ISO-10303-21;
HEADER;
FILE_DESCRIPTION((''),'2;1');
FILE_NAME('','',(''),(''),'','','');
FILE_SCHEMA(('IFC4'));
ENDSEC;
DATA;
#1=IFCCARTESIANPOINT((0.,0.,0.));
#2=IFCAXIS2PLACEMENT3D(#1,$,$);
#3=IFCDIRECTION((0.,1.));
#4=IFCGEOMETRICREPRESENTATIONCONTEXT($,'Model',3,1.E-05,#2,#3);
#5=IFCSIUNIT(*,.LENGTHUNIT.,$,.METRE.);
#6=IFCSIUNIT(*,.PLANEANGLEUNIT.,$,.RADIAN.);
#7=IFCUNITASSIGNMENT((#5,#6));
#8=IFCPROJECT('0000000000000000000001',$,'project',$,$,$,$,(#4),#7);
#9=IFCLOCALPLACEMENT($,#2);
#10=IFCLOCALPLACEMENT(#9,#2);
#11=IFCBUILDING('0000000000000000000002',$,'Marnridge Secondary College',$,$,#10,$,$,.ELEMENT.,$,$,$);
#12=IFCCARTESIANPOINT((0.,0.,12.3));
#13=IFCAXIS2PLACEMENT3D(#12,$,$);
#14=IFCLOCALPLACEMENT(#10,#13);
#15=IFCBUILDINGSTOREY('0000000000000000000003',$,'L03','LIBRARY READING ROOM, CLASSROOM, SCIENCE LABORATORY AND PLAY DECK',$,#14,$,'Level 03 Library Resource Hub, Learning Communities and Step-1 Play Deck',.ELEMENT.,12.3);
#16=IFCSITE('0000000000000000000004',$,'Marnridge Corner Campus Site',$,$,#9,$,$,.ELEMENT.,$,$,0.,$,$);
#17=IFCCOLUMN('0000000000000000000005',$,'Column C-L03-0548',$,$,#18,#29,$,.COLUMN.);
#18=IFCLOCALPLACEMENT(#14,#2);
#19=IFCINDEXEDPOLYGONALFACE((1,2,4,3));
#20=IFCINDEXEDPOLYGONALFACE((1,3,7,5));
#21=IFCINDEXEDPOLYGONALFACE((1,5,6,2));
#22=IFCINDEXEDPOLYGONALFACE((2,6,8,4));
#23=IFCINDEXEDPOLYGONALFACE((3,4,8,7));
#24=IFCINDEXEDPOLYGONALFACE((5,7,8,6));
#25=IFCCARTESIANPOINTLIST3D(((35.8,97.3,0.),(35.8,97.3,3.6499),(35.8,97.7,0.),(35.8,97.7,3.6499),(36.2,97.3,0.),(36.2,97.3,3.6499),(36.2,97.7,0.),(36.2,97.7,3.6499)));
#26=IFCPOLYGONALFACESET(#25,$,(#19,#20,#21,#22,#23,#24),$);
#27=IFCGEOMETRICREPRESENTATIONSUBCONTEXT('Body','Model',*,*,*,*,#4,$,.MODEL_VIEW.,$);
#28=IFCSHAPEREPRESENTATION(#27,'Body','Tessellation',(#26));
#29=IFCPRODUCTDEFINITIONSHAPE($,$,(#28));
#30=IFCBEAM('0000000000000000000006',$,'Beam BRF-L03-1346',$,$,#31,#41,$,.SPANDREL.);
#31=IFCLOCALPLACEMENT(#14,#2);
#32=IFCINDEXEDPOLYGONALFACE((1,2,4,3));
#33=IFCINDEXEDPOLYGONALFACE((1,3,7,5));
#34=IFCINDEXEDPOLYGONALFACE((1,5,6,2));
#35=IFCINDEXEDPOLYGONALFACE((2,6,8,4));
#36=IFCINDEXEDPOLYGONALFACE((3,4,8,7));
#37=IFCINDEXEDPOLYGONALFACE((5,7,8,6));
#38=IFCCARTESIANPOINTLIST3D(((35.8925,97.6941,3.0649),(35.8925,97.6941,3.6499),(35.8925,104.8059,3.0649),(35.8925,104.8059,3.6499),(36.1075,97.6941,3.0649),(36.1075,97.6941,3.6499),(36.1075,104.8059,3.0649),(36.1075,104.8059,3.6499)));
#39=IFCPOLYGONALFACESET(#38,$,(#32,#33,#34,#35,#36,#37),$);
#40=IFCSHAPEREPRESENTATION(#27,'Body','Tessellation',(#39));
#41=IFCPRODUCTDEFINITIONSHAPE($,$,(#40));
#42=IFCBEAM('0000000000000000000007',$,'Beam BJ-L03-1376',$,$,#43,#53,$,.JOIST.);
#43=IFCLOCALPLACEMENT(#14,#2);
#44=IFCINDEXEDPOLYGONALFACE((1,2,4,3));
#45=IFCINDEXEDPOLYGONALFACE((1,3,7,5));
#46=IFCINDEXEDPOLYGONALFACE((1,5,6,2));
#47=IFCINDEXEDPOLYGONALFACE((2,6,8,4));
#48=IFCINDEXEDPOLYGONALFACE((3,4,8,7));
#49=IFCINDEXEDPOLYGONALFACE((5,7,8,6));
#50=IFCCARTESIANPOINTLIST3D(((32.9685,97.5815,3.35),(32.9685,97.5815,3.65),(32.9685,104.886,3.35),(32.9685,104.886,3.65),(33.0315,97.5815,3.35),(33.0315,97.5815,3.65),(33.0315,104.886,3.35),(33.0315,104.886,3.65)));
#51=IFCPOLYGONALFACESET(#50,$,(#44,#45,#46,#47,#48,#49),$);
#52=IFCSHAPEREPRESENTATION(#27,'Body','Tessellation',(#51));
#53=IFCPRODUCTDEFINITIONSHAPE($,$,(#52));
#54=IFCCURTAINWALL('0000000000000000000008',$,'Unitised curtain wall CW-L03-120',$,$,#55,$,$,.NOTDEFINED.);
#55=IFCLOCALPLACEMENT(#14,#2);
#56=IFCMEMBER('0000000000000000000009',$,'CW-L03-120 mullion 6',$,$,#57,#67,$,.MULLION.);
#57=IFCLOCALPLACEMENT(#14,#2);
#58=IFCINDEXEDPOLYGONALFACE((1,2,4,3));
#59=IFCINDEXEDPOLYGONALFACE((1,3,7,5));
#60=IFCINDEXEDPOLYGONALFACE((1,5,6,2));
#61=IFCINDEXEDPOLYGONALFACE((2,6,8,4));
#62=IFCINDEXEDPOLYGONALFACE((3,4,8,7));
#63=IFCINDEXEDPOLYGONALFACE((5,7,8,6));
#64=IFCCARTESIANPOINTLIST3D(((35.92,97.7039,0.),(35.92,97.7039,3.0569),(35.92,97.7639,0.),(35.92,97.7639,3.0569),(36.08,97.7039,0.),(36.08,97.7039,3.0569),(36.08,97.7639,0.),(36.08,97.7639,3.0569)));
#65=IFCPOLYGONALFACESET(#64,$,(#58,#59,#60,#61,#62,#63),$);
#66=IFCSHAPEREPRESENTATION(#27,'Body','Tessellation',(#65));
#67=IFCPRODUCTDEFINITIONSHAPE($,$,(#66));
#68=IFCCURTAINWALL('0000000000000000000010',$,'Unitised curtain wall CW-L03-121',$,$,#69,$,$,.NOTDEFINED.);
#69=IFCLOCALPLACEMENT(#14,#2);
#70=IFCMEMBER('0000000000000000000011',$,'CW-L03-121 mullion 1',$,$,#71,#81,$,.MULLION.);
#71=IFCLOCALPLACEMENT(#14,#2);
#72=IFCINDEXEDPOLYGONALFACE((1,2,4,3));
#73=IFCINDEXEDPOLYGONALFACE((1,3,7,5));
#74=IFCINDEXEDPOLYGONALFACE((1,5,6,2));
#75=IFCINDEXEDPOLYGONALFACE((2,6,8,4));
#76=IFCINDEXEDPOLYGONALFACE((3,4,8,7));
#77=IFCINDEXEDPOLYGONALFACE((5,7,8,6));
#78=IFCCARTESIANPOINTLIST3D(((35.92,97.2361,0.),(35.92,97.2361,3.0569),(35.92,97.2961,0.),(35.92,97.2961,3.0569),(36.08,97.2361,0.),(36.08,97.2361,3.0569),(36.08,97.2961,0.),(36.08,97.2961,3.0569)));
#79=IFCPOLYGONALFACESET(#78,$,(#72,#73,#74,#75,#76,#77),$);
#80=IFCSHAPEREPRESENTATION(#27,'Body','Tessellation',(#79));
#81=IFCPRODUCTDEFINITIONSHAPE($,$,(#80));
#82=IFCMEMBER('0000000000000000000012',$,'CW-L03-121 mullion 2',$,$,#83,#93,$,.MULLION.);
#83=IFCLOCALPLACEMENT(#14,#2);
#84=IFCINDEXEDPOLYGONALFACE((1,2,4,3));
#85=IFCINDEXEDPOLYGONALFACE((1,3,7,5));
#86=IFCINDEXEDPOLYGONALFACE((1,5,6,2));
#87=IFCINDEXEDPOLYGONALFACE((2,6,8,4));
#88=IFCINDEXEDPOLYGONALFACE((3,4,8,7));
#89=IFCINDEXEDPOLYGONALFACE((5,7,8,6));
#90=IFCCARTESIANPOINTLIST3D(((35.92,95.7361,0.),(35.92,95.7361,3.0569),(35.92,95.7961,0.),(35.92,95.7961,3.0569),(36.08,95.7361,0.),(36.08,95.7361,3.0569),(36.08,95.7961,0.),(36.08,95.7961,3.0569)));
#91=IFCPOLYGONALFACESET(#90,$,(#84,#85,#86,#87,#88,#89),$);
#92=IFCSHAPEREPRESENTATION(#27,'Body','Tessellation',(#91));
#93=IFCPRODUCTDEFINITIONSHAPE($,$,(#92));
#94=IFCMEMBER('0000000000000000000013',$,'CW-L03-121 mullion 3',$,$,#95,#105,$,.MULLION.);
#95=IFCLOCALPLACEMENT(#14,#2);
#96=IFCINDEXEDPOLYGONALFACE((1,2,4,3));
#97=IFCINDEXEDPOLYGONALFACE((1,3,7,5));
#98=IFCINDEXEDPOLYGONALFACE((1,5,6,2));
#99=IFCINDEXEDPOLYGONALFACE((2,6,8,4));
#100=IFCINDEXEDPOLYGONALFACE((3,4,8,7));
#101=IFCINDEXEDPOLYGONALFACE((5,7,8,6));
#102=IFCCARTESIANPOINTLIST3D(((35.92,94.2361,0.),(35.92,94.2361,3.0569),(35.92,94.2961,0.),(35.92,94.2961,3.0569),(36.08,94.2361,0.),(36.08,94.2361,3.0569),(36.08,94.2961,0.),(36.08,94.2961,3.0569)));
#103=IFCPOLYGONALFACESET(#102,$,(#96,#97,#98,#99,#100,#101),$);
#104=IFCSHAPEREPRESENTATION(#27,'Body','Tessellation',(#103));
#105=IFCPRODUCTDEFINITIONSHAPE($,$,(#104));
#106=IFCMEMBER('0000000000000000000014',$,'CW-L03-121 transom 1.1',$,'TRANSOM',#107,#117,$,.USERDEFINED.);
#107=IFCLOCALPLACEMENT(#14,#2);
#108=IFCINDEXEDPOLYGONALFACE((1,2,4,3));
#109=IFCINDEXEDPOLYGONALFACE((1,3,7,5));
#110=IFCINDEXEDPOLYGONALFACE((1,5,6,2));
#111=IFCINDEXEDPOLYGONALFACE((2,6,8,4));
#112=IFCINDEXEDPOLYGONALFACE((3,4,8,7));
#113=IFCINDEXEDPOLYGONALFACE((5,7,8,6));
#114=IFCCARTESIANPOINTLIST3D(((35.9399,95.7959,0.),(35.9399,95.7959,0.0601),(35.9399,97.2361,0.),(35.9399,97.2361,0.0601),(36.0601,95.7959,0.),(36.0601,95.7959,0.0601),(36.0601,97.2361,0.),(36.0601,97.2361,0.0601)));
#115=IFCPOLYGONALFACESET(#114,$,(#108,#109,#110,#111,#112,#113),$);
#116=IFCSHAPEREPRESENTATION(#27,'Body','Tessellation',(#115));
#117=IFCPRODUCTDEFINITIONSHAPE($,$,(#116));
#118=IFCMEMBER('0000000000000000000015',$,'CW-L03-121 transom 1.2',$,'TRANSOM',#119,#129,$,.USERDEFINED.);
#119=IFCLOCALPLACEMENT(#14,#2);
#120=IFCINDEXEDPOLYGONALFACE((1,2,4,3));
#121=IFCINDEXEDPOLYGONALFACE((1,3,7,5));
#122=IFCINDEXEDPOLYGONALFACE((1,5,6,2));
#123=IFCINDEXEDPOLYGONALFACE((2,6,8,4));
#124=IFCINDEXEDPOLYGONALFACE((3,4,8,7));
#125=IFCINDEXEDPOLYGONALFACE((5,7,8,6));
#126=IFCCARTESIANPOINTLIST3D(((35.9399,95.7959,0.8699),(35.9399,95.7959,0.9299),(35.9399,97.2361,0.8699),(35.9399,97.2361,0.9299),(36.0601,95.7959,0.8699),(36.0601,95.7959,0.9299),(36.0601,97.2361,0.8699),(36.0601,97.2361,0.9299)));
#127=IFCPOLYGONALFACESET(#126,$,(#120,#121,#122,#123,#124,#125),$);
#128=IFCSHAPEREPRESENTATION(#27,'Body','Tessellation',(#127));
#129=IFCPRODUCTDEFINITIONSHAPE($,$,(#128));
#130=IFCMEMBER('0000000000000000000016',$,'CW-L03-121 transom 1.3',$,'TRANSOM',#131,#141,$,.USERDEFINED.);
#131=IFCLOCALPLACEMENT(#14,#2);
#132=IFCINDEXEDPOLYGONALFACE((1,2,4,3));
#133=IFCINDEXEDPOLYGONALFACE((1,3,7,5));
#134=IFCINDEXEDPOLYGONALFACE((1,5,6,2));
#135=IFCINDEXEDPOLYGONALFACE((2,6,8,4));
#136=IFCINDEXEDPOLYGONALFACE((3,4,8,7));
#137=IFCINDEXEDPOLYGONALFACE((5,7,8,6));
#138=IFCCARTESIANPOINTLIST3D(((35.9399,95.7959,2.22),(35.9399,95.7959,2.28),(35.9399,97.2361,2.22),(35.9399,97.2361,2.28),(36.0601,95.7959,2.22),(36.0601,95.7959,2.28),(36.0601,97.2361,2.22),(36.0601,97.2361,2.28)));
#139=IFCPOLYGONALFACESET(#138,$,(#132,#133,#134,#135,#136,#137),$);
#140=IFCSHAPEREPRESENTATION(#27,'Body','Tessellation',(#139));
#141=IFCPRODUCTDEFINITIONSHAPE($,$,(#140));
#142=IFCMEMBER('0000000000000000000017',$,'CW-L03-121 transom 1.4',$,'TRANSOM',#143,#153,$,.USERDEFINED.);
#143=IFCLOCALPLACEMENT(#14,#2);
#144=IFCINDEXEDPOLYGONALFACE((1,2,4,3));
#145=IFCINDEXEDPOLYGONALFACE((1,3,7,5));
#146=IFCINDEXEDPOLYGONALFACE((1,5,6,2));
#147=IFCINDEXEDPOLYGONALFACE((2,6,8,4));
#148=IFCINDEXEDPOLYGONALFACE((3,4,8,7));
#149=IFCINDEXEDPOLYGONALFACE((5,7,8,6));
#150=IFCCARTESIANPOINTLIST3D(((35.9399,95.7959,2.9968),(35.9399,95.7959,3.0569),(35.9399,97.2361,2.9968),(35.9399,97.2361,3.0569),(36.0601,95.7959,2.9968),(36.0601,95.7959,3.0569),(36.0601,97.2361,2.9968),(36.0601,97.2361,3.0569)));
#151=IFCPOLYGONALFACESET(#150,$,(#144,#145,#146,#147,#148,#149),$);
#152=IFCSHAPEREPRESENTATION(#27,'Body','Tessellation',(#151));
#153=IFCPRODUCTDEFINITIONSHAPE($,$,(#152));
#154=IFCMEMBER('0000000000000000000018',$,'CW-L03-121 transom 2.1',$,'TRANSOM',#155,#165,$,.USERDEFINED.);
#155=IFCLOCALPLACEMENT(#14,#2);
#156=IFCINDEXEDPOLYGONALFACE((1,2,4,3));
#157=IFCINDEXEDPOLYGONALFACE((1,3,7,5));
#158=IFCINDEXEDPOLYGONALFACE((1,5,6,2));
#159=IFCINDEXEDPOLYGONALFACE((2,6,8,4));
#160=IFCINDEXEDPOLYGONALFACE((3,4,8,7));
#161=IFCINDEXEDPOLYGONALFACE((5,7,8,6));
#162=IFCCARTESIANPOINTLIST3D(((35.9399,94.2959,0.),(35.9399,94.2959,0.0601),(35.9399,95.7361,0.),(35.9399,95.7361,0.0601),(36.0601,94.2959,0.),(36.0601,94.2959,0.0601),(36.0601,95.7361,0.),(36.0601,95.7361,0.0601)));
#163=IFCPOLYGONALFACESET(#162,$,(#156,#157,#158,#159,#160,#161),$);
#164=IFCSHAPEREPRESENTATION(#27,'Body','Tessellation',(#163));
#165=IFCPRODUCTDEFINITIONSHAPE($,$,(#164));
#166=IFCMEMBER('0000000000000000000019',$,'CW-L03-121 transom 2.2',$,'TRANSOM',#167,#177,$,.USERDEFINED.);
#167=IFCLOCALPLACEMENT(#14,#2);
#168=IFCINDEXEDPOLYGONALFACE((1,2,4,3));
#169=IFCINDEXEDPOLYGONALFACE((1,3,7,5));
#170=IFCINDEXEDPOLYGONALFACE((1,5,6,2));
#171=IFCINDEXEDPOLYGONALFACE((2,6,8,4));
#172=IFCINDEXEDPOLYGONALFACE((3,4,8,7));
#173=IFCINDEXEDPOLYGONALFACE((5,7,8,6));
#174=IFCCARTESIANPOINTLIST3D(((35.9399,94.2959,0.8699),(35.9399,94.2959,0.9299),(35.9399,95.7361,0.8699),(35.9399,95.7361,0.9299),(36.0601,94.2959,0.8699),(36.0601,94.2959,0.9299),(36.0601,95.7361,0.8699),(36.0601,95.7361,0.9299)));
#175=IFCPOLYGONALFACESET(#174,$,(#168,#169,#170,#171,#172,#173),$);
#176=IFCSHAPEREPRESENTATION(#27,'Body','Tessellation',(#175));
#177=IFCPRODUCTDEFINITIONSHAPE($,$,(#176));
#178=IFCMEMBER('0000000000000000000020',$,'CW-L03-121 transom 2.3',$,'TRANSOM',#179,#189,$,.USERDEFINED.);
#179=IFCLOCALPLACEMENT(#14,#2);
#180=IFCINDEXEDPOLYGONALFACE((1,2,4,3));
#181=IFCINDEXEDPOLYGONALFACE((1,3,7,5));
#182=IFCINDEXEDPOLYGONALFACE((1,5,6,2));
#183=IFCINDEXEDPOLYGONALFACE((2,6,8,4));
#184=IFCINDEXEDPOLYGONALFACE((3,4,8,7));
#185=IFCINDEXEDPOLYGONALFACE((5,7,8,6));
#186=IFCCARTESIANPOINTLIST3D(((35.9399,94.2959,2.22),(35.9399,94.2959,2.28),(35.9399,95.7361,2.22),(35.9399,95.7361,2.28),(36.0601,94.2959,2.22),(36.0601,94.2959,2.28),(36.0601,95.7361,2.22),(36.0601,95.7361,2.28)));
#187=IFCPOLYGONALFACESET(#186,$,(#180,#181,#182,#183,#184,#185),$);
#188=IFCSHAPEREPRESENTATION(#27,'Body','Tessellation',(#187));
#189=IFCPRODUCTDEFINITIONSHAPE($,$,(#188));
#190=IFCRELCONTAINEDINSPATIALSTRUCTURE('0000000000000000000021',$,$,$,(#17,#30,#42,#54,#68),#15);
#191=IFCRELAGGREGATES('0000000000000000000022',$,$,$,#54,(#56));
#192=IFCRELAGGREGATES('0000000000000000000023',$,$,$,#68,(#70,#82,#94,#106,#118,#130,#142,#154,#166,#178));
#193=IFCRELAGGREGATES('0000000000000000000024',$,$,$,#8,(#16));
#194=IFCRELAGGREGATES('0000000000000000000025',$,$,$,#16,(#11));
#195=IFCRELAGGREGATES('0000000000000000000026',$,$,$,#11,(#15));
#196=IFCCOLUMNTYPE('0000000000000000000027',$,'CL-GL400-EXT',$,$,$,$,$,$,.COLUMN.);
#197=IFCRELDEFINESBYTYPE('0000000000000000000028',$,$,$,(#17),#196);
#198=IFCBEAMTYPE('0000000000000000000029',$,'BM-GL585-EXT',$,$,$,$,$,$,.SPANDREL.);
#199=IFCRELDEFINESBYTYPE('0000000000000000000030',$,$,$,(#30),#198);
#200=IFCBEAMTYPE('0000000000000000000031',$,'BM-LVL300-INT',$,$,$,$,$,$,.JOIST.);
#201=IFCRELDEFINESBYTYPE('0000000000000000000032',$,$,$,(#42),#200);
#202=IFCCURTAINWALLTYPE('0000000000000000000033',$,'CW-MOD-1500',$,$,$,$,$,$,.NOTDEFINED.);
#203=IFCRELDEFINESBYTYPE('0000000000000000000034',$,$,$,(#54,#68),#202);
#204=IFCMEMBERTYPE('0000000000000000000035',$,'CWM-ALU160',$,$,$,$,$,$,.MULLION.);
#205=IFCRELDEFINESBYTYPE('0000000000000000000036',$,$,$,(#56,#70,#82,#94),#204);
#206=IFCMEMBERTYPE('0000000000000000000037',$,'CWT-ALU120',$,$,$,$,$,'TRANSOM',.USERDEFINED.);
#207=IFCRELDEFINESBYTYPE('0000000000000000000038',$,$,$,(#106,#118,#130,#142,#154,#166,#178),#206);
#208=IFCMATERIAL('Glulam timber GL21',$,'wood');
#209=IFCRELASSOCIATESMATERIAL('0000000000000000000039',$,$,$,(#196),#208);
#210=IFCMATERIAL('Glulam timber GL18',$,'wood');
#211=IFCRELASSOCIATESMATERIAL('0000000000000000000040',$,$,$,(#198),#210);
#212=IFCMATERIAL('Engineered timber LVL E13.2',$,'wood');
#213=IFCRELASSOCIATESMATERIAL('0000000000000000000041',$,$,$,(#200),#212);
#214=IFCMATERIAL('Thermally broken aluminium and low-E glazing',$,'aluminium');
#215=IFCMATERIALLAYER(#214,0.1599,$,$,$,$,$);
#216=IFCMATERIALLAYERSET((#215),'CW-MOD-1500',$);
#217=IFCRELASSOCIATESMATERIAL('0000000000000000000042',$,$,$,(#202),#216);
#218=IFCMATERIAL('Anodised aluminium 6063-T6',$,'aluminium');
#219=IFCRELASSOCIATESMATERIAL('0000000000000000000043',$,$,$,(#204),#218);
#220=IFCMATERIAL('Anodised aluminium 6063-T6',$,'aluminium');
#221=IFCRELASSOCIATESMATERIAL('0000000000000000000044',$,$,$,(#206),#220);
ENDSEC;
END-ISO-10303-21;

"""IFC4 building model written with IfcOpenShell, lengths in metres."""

from ifc_helpers import new_model, si_unit, direction, frame, origin, origin_2d, place, context, subcontext, project, spatial, rectangle, extrude, material, layer, layer_set, material_profile, profile_set, type_object, element, aggregate, save


model = new_model("IFC4")

# Units and contexts
model_context = context("Model", 3, precision=1e-05, world=origin(), true_north=direction((0.0, 1.0)))
body_context = subcontext(model_context, "Body", "Model", "MODEL_VIEW")
ifc_project = project(units=[si_unit("LENGTHUNIT", "METRE"), si_unit("PLANEANGLEUNIT", "RADIAN")], contexts=[model_context])

# Site, building, storey
site_placement = place(None, origin())
site = spatial("IfcSite", under=ifc_project, at=site_placement, Name="Marnridge Corner Campus Site", CompositionType="ELEMENT", RefElevation=0.0)
building_placement = place(site_placement, origin())
building = spatial("IfcBuilding", under=site, at=building_placement, Name="Marnridge Secondary College", CompositionType="ELEMENT")
storey_placement = place(building_placement, frame((0.0, 0.0, 12.3)))
storey = spatial("IfcBuildingStorey", under=building, at=storey_placement, Name="L03", Description="LIBRARY READING ROOM, CLASSROOM, SCIENCE LABORATORY AND PLAY DECK", LongName="Level 03 Library Resource Hub, Learning Communities and Step-1 Play Deck", CompositionType="ELEMENT", Elevation=12.3)

# Column
ifc_material_1 = material(Name="Glulam timber GL21", Category="wood")
ifc_material_profile_1 = material_profile(ifc_material_1, rectangle(XDim=0.3999, YDim=0.3999, at=origin_2d()), Name="GL21 400x400")
ifc_profile_set_1 = profile_set([ifc_material_profile_1], Name="Glulam timber GL21")
column_type = type_object("IfcColumnType", Name="CL-GL400-EXT", PredefinedType="COLUMN", material=ifc_profile_set_1)
column_placement = place(storey_placement, frame((36.0, 97.5, 0.0), z_axis=(0.0, 0.0, 1.0), x_axis=(1.0, 0.0, 0.0)))
element("IfcColumn", 1, at=column_placement, inside=storey, type_object=column_type, Name="Column C-L03-0548", PredefinedType="COLUMN", context=body_context, shape_type="SweptSolid", body=[
    extrude(rectangle(XDim=0.3999, YDim=0.3999, at=origin_2d()), origin(), (0.0, 0.0, 1.0), 3.6499),
])

# Beams
ifc_material_2 = material(Name="Glulam timber GL18", Category="wood")
ifc_material_profile_2 = material_profile(ifc_material_2, rectangle(XDim=0.2151, YDim=0.585, at=origin_2d()), Name="GL18 215x585")
ifc_profile_set_2 = profile_set([ifc_material_profile_2], Name="Glulam timber GL18")
beam_type_1 = type_object("IfcBeamType", Name="BM-GL585-EXT", PredefinedType="SPANDREL", material=ifc_profile_set_2)
beam_1_placement = place(storey_placement, frame((36.0, 97.6941, 3.3574), z_axis=(0.0, 1.0, 0.0), x_axis=(-1.0, 0.0, 0.0)))
element("IfcBeam", 2, at=beam_1_placement, inside=storey, type_object=beam_type_1, Name="Beam BRF-L03-1346", PredefinedType="SPANDREL", context=body_context, shape_type="SweptSolid", body=[
    extrude(rectangle(XDim=0.2151, YDim=0.585, at=origin_2d()), origin(), (0.0, 0.0, 1.0), 7.1118),
])
ifc_material_3 = material(Name="Engineered timber LVL E13.2", Category="wood")
ifc_material_profile_3 = material_profile(ifc_material_3, rectangle(XDim=0.063, YDim=0.3, at=origin_2d()), Name="LVL 63x300")
ifc_profile_set_3 = profile_set([ifc_material_profile_3], Name="Engineered timber LVL E13.2")
beam_type_2 = type_object("IfcBeamType", Name="BM-LVL300-INT", PredefinedType="JOIST", material=ifc_profile_set_3)
beam_2_placement = place(storey_placement, frame((33.0, 97.5815, 3.5), z_axis=(0.0, 1.0, 0.0), x_axis=(-1.0, 0.0, 0.0)))
element("IfcBeam", 3, at=beam_2_placement, inside=storey, type_object=beam_type_2, Name="Beam BJ-L03-1376", PredefinedType="JOIST", context=body_context, shape_type="SweptSolid", body=[
    extrude(rectangle(XDim=0.063, YDim=0.3, at=origin_2d()), origin(), (0.0, 0.0, 1.0), 7.3044),
])

# Curtain wall, member
ifc_material_4 = material(Name="Thermally broken aluminium and low-E glazing", Category="aluminium")
ifc_layer_1 = layer(ifc_material_4, 0.1599)
ifc_layer_set_1 = layer_set([ifc_layer_1], Name="CW-MOD-1500")
curtain_wall_type = type_object("IfcCurtainWallType", Name="CW-MOD-1500", PredefinedType="NOTDEFINED", material=ifc_layer_set_1)
curtain_wall_1_placement = place(storey_placement, origin())
curtain_wall_1 = element("IfcCurtainWall", 4, at=curtain_wall_1_placement, inside=storey, type_object=curtain_wall_type, Name="Unitised curtain wall CW-L03-120", PredefinedType="NOTDEFINED")
ifc_material_5 = material(Name="Anodised aluminium 6063-T6", Category="aluminium")
ifc_material_profile_4 = material_profile(ifc_material_5, rectangle(XDim=0.0601, YDim=0.1599, at=origin_2d()), Name="ALU 60x160")
ifc_profile_set_4 = profile_set([ifc_material_profile_4], Name="Anodised aluminium 6063-T6")
member_type_1 = type_object("IfcMemberType", Name="CWM-ALU160", PredefinedType="MULLION", material=ifc_profile_set_4)
member_1_placement = place(storey_placement, frame((36.0, 97.7339, 0.0), z_axis=(0.0, 0.0, 1.0), x_axis=(0.0, -1.0, 0.0)))
member_1 = element("IfcMember", 5, at=member_1_placement, type_object=member_type_1, Name="CW-L03-120 mullion 6", PredefinedType="MULLION", context=body_context, shape_type="SweptSolid", body=[
    extrude(rectangle(XDim=0.0601, YDim=0.1599, at=origin_2d()), origin(), (0.0, 0.0, 1.0), 3.0569),
])

# Curtain wall, members
curtain_wall_2_placement = place(storey_placement, origin())
curtain_wall_2 = element("IfcCurtainWall", 6, at=curtain_wall_2_placement, inside=storey, type_object=curtain_wall_type, Name="Unitised curtain wall CW-L03-121", PredefinedType="NOTDEFINED")
member_2_placement = place(storey_placement, frame((36.0, 97.2661, 0.0), z_axis=(0.0, 0.0, 1.0), x_axis=(0.0, -1.0, 0.0)))
member_2 = element("IfcMember", 7, at=member_2_placement, type_object=member_type_1, Name="CW-L03-121 mullion 1", PredefinedType="MULLION", context=body_context, shape_type="SweptSolid", body=[
    extrude(rectangle(XDim=0.0601, YDim=0.1599, at=origin_2d()), origin(), (0.0, 0.0, 1.0), 3.0569),
])
member_3_placement = place(storey_placement, frame((36.0, 95.7661, 0.0), z_axis=(0.0, 0.0, 1.0), x_axis=(0.0, -1.0, 0.0)))
member_3 = element("IfcMember", 8, at=member_3_placement, type_object=member_type_1, Name="CW-L03-121 mullion 2", PredefinedType="MULLION", context=body_context, shape_type="SweptSolid", body=[
    extrude(rectangle(XDim=0.0601, YDim=0.1599, at=origin_2d()), origin(), (0.0, 0.0, 1.0), 3.0569),
])
member_4_placement = place(storey_placement, frame((36.0, 94.2661, 0.0), z_axis=(0.0, 0.0, 1.0), x_axis=(0.0, -1.0, 0.0)))
member_4 = element("IfcMember", 9, at=member_4_placement, type_object=member_type_1, Name="CW-L03-121 mullion 3", PredefinedType="MULLION", context=body_context, shape_type="SweptSolid", body=[
    extrude(rectangle(XDim=0.0601, YDim=0.1599, at=origin_2d()), origin(), (0.0, 0.0, 1.0), 3.0569),
])
ifc_material_6 = material(Name="Anodised aluminium 6063-T6", Category="aluminium")
ifc_material_profile_5 = material_profile(ifc_material_6, rectangle(XDim=0.0601, YDim=0.1201, at=origin_2d()), Name="ALU 60x120")
ifc_profile_set_5 = profile_set([ifc_material_profile_5], Name="Anodised aluminium 6063-T6")
member_type_2 = type_object("IfcMemberType", Name="CWT-ALU120", ElementType="TRANSOM", PredefinedType="USERDEFINED", material=ifc_profile_set_5)
member_5_placement = place(storey_placement, frame((36.0, 97.2361, 0.03), z_axis=(0.0, -1.0, 0.0), x_axis=(0.0, 0.0, 1.0)))
member_5 = element("IfcMember", 10, at=member_5_placement, type_object=member_type_2, Name="CW-L03-121 transom 1.1", ObjectType="TRANSOM", PredefinedType="USERDEFINED", context=body_context, shape_type="SweptSolid", body=[
    extrude(rectangle(XDim=0.0601, YDim=0.1201, at=origin_2d()), origin(), (0.0, 0.0, 1.0), 1.4402),
])
member_6_placement = place(storey_placement, frame((36.0, 97.2361, 0.8999), z_axis=(0.0, -1.0, 0.0), x_axis=(0.0, 0.0, 1.0)))
member_6 = element("IfcMember", 11, at=member_6_placement, type_object=member_type_2, Name="CW-L03-121 transom 1.2", ObjectType="TRANSOM", PredefinedType="USERDEFINED", context=body_context, shape_type="SweptSolid", body=[
    extrude(rectangle(XDim=0.0601, YDim=0.1201, at=origin_2d()), origin(), (0.0, 0.0, 1.0), 1.4402),
])
member_7_placement = place(storey_placement, frame((36.0, 97.2361, 2.25), z_axis=(0.0, -1.0, 0.0), x_axis=(0.0, 0.0, 1.0)))
member_7 = element("IfcMember", 12, at=member_7_placement, type_object=member_type_2, Name="CW-L03-121 transom 1.3", ObjectType="TRANSOM", PredefinedType="USERDEFINED", context=body_context, shape_type="SweptSolid", body=[
    extrude(rectangle(XDim=0.0601, YDim=0.1201, at=origin_2d()), origin(), (0.0, 0.0, 1.0), 1.4402),
])
member_8_placement = place(storey_placement, frame((36.0, 97.2361, 3.0269), z_axis=(0.0, -1.0, 0.0), x_axis=(0.0, 0.0, 1.0)))
member_8 = element("IfcMember", 13, at=member_8_placement, type_object=member_type_2, Name="CW-L03-121 transom 1.4", ObjectType="TRANSOM", PredefinedType="USERDEFINED", context=body_context, shape_type="SweptSolid", body=[
    extrude(rectangle(XDim=0.0601, YDim=0.1201, at=origin_2d()), origin(), (0.0, 0.0, 1.0), 1.4402),
])
member_9_placement = place(storey_placement, frame((36.0, 95.7361, 0.03), z_axis=(0.0, -1.0, 0.0), x_axis=(0.0, 0.0, 1.0)))
member_9 = element("IfcMember", 14, at=member_9_placement, type_object=member_type_2, Name="CW-L03-121 transom 2.1", ObjectType="TRANSOM", PredefinedType="USERDEFINED", context=body_context, shape_type="SweptSolid", body=[
    extrude(rectangle(XDim=0.0601, YDim=0.1201, at=origin_2d()), origin(), (0.0, 0.0, 1.0), 1.4402),
])
member_10_placement = place(storey_placement, frame((36.0, 95.7361, 0.8999), z_axis=(0.0, -1.0, 0.0), x_axis=(0.0, 0.0, 1.0)))
member_10 = element("IfcMember", 15, at=member_10_placement, type_object=member_type_2, Name="CW-L03-121 transom 2.2", ObjectType="TRANSOM", PredefinedType="USERDEFINED", context=body_context, shape_type="SweptSolid", body=[
    extrude(rectangle(XDim=0.0601, YDim=0.1201, at=origin_2d()), origin(), (0.0, 0.0, 1.0), 1.4402),
])
member_11_placement = place(storey_placement, frame((36.0, 95.7361, 2.25), z_axis=(0.0, -1.0, 0.0), x_axis=(0.0, 0.0, 1.0)))
member_11 = element("IfcMember", 16, at=member_11_placement, type_object=member_type_2, Name="CW-L03-121 transom 2.3", ObjectType="TRANSOM", PredefinedType="USERDEFINED", context=body_context, shape_type="SweptSolid", body=[
    extrude(rectangle(XDim=0.0601, YDim=0.1201, at=origin_2d()), origin(), (0.0, 0.0, 1.0), 1.4402),
])

aggregate(curtain_wall_1, [member_1])
aggregate(curtain_wall_2, [member_2, member_3, member_4, member_5, member_6, member_7, member_8, member_9, member_10, member_11])

save(model, "model.ifc")
